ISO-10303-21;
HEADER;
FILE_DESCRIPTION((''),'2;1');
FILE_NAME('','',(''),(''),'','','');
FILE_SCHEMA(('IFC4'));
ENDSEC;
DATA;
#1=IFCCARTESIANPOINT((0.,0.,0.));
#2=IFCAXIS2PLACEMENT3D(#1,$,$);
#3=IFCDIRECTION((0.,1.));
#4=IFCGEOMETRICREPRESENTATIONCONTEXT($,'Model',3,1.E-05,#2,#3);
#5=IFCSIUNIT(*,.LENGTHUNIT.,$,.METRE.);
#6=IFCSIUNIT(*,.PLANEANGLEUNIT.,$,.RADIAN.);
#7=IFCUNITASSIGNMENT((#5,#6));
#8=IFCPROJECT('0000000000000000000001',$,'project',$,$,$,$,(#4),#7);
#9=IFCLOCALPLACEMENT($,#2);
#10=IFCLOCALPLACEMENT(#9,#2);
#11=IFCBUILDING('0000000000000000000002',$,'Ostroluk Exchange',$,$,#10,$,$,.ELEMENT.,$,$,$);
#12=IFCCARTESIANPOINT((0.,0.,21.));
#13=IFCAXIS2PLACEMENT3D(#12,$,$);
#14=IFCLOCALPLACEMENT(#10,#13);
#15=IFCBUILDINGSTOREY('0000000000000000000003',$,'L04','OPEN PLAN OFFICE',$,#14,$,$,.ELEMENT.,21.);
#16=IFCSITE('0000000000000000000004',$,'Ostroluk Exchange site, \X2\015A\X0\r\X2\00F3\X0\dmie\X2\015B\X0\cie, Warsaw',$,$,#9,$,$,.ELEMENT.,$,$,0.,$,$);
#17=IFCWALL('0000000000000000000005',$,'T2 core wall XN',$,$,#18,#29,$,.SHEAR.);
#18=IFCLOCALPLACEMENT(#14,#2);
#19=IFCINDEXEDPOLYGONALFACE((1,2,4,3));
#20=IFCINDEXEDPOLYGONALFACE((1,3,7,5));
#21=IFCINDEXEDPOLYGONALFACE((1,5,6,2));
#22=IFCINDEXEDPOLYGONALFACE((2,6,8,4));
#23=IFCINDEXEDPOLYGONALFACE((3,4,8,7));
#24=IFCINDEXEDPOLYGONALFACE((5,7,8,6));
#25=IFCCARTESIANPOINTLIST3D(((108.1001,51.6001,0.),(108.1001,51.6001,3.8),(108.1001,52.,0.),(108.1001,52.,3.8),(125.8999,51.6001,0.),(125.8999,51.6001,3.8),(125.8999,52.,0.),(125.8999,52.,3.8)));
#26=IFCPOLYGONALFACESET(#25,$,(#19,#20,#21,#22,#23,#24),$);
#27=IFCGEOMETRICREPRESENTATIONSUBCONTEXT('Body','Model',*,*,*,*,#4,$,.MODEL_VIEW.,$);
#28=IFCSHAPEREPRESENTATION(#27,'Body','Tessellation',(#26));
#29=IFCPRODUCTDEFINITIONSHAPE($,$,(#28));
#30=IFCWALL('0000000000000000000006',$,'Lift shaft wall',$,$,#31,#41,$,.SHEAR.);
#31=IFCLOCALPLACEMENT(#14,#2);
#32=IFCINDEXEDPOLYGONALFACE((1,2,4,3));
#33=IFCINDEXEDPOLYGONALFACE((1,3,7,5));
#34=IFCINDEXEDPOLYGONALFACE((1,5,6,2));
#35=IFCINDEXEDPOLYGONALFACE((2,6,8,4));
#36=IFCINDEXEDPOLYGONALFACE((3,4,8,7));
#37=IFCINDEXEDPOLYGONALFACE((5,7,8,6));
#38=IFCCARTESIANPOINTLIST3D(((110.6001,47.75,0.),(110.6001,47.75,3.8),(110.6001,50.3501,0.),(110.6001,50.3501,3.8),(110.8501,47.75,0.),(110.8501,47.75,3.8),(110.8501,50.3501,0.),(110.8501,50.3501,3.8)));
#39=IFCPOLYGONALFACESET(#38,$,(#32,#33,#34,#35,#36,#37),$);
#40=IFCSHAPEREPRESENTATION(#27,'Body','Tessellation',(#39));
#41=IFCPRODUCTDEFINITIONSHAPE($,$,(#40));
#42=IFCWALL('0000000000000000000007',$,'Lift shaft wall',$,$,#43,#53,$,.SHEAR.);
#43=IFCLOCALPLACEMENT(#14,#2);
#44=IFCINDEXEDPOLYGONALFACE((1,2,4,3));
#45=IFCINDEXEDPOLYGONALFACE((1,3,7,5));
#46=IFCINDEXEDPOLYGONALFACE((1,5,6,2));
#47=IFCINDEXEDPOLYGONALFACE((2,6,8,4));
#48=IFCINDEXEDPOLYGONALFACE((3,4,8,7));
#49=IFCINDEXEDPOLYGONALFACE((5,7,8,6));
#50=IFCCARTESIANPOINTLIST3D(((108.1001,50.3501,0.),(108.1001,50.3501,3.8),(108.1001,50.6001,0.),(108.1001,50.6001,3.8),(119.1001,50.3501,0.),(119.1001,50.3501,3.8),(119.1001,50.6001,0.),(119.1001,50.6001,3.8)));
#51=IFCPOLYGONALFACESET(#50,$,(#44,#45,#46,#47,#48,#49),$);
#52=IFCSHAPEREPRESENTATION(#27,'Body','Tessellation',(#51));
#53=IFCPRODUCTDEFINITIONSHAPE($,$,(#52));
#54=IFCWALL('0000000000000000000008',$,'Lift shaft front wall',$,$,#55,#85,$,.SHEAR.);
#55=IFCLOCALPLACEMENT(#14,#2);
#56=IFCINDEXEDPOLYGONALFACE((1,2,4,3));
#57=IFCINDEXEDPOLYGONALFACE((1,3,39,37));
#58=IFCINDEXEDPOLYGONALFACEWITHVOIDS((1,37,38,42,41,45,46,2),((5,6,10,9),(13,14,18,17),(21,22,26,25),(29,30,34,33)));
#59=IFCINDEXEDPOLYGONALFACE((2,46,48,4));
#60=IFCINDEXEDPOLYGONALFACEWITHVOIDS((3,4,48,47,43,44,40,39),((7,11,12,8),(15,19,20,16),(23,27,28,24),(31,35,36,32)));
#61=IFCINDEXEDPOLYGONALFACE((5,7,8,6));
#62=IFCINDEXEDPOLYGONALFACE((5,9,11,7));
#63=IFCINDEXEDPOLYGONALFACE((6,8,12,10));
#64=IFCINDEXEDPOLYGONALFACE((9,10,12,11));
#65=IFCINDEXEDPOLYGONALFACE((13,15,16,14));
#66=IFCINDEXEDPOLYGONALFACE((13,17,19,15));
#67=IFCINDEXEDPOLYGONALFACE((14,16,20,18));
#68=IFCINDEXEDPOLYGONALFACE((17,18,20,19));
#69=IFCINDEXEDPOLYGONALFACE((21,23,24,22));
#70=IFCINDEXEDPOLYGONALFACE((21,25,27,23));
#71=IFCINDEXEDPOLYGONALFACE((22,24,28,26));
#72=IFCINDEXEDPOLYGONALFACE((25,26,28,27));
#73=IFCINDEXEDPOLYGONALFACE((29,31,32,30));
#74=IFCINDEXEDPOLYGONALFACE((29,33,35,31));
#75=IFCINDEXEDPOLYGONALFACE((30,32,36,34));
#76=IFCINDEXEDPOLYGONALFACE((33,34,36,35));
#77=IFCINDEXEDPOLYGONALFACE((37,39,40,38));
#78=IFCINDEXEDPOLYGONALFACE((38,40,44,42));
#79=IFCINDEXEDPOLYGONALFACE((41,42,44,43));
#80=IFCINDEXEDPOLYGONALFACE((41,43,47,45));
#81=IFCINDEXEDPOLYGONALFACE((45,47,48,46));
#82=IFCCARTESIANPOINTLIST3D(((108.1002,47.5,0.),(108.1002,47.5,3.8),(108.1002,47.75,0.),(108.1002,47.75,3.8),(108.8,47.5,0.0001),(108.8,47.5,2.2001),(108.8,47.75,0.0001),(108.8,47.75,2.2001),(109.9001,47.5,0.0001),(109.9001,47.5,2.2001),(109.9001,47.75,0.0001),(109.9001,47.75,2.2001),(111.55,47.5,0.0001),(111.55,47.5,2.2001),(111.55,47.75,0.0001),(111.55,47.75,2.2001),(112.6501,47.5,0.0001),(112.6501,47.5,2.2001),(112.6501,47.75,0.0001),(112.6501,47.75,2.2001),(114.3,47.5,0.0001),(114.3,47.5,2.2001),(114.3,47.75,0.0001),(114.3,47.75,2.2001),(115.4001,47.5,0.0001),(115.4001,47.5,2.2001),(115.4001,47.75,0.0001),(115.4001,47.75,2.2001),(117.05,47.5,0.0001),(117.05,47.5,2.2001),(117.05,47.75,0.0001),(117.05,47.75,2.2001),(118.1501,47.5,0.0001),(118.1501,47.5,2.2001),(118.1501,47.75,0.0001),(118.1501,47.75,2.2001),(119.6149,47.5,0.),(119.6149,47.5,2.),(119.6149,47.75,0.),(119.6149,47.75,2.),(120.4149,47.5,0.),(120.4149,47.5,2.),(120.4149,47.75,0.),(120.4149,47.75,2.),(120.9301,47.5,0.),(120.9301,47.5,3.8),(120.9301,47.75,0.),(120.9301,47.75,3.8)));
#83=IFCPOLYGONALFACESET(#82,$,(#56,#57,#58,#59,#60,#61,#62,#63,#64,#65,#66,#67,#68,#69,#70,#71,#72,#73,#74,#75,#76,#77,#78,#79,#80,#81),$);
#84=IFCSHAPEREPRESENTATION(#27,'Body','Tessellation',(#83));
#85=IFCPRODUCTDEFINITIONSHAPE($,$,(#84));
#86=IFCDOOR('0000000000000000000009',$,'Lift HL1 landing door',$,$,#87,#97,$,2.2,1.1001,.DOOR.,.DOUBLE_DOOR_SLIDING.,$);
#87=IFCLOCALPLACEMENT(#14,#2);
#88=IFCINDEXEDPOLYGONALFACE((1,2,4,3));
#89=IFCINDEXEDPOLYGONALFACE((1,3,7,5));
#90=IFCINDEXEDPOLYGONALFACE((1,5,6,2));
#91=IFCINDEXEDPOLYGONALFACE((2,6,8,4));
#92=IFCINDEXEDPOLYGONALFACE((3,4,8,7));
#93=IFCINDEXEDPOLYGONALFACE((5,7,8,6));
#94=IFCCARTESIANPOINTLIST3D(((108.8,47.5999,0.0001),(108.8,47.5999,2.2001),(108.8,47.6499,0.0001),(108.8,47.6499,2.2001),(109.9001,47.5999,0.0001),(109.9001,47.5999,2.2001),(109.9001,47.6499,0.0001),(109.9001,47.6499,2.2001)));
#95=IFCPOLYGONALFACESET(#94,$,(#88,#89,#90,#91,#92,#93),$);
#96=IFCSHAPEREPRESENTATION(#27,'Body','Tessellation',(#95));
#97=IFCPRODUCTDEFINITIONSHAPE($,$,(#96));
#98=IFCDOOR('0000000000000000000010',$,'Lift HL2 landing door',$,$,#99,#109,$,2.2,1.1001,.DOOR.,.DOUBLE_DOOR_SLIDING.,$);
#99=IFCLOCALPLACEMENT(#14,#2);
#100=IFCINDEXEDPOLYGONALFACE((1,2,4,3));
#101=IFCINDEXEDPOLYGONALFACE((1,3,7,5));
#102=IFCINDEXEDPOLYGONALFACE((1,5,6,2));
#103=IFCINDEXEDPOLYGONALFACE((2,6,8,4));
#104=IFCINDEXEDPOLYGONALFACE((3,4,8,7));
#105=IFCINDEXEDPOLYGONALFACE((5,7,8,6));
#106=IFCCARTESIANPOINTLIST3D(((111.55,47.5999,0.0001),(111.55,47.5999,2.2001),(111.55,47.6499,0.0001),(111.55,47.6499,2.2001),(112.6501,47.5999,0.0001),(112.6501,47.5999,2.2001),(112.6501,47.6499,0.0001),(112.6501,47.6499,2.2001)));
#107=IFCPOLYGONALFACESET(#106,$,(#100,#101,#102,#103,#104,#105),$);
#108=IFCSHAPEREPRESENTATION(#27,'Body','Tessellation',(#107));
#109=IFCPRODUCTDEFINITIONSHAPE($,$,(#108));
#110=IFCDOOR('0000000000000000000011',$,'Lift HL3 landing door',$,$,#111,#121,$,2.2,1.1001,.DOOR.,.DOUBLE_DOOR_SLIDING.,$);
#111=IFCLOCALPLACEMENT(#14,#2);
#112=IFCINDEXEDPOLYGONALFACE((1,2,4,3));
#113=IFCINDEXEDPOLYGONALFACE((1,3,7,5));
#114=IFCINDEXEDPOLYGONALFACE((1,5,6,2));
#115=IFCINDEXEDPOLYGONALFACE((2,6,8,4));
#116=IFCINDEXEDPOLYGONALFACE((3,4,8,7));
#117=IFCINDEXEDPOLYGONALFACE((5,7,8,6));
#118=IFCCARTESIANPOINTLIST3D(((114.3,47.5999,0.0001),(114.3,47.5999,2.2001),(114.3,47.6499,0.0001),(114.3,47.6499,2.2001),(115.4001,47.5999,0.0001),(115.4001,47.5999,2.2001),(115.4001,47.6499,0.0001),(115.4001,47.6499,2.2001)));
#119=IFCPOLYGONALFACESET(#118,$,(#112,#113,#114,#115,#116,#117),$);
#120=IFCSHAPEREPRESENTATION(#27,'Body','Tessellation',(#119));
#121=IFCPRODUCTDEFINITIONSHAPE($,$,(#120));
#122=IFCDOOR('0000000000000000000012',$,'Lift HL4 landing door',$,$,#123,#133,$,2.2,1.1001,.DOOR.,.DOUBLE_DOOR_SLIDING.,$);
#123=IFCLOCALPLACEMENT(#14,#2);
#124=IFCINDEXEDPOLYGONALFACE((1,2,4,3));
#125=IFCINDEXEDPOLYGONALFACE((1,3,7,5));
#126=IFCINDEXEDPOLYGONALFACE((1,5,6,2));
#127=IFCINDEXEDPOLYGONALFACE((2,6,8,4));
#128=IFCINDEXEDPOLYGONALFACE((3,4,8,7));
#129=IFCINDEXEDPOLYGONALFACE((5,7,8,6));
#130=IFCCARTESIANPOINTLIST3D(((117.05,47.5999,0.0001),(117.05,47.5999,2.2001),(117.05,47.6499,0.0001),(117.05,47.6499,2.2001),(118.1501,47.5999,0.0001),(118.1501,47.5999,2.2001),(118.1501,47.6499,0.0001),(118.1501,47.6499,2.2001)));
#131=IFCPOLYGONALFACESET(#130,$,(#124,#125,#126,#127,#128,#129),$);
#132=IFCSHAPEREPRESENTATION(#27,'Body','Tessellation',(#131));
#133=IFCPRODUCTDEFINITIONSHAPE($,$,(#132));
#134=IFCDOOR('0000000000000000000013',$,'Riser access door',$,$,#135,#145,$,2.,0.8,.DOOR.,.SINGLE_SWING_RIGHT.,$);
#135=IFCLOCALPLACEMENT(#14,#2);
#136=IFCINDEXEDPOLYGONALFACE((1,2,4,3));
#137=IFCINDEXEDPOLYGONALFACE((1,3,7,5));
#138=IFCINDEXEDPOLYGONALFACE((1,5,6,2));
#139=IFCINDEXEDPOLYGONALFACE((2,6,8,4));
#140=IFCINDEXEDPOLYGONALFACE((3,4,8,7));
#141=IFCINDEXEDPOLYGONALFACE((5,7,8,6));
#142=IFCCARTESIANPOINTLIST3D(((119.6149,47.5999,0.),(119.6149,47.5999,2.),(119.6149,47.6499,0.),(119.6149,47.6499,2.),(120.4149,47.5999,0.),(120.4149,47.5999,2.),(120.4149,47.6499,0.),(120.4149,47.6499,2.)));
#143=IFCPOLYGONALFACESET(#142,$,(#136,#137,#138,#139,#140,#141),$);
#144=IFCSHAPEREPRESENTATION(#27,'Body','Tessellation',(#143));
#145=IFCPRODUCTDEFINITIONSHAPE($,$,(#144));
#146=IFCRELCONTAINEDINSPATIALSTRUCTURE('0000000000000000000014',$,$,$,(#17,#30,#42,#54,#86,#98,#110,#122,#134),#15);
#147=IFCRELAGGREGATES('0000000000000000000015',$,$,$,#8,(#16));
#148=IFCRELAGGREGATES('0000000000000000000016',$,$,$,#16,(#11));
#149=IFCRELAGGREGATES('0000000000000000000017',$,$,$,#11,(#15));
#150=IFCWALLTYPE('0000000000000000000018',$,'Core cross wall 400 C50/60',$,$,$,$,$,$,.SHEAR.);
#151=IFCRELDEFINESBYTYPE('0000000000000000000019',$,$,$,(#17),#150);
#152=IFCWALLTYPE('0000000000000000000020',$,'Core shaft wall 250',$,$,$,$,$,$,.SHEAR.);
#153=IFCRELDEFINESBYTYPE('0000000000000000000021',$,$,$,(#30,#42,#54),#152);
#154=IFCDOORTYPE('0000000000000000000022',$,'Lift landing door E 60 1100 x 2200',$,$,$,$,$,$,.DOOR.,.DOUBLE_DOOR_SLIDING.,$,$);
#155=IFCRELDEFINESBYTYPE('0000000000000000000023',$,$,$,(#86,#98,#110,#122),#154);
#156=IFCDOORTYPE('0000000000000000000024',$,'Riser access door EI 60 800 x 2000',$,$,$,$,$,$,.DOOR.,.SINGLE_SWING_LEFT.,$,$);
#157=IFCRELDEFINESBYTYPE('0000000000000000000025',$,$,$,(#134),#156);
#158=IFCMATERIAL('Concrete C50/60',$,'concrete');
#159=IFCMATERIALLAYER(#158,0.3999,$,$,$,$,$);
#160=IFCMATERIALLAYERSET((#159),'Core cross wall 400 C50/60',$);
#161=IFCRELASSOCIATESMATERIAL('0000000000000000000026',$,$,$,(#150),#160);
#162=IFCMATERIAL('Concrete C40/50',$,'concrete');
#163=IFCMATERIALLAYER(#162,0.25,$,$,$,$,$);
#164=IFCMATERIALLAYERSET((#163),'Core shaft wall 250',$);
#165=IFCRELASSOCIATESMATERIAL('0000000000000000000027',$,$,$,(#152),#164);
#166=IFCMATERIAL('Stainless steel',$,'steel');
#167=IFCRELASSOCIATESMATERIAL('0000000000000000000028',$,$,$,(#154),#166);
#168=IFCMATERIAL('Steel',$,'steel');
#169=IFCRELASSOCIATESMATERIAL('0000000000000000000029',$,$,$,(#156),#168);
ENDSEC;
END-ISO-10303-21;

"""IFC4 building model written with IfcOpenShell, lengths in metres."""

from ifc_helpers import new_model, si_unit, direction, frame, frame_2d, origin, place, context, subcontext, project, spatial, rectangle, extrude, material, layer, layer_set, type_object, element, fill, save


model = new_model("IFC4")

# Units and contexts
model_context = context("Model", 3, precision=1e-05, world=origin(), true_north=direction((0.0, 1.0)))
body_context = subcontext(model_context, "Body", "Model", "MODEL_VIEW")
ifc_project = project(units=[si_unit("LENGTHUNIT", "METRE"), si_unit("PLANEANGLEUNIT", "RADIAN")], contexts=[model_context])

# Site, building, storey
site_placement = place(None, origin())
site = spatial("IfcSite", under=ifc_project, at=site_placement, Name="Ostroluk Exchange site, Śródmieście, Warsaw", CompositionType="ELEMENT", RefElevation=0.0)
building_placement = place(site_placement, origin())
building = spatial("IfcBuilding", under=site, at=building_placement, Name="Ostroluk Exchange", CompositionType="ELEMENT")
storey_placement = place(building_placement, frame((0.0, 0.0, 21.0)))
storey = spatial("IfcBuildingStorey", under=building, at=storey_placement, Name="L04", Description="OPEN PLAN OFFICE", CompositionType="ELEMENT", Elevation=21.0)

# Walls
ifc_material_1 = material(Name="Concrete C50/60", Category="concrete")
ifc_layer_1 = layer(ifc_material_1, 0.3999)
ifc_layer_set_1 = layer_set([ifc_layer_1], Name="Core cross wall 400 C50/60")
wall_type_1 = type_object("IfcWallType", Name="Core cross wall 400 C50/60", PredefinedType="SHEAR", material=ifc_layer_set_1)
wall_1_placement = place(storey_placement, frame((108.1001, 51.8, 0.0), z_axis=(0.0, 0.0, 1.0), x_axis=(1.0, 0.0, 0.0)))
element("IfcWall", 1, at=wall_1_placement, inside=storey, type_object=wall_type_1, Name="T2 core wall XN", PredefinedType="SHEAR", context=body_context, shape_type="SweptSolid", body=[
    extrude(rectangle(XDim=17.7998, YDim=0.3999, at=frame_2d((8.8999, 0.0))), origin(), (0.0, 0.0, 1.0), 3.8),
])
ifc_material_2 = material(Name="Concrete C40/50", Category="concrete")
ifc_layer_2 = layer(ifc_material_2, 0.25)
ifc_layer_set_2 = layer_set([ifc_layer_2], Name="Core shaft wall 250")
wall_type_2 = type_object("IfcWallType", Name="Core shaft wall 250", PredefinedType="SHEAR", material=ifc_layer_set_2)
wall_2_placement = place(storey_placement, frame((110.7251, 47.75, 0.0), z_axis=(0.0, 0.0, 1.0), x_axis=(0.0, 1.0, 0.0)))
element("IfcWall", 2, at=wall_2_placement, inside=storey, type_object=wall_type_2, Name="Lift shaft wall", PredefinedType="SHEAR", context=body_context, shape_type="SweptSolid", body=[
    extrude(rectangle(XDim=2.6001, YDim=0.25, at=frame_2d((1.3, 0.0))), origin(), (0.0, 0.0, 1.0), 3.8),
])
wall_3_placement = place(storey_placement, frame((108.1001, 50.4751, 0.0), z_axis=(0.0, 0.0, 1.0), x_axis=(1.0, 0.0, 0.0)))
element("IfcWall", 3, at=wall_3_placement, inside=storey, type_object=wall_type_2, Name="Lift shaft wall", PredefinedType="SHEAR", context=body_context, shape_type="SweptSolid", body=[
    extrude(rectangle(XDim=11.0, YDim=0.25, at=frame_2d((5.5, 0.0))), origin(), (0.0, 0.0, 1.0), 3.8),
])

# Wall, openings, doors
wall_4_placement = place(storey_placement, frame((108.1001, 47.625, 0.0), z_axis=(0.0, 0.0, 1.0), x_axis=(1.0, 0.0, 0.0)))
wall_4 = element("IfcWall", 4, at=wall_4_placement, inside=storey, type_object=wall_type_2, Name="Lift shaft front wall", PredefinedType="SHEAR", context=body_context, shape_type="SweptSolid", body=[
    extrude(rectangle(XDim=12.8298, YDim=0.25, at=frame_2d((6.415, 0.0))), origin(), (0.0, 0.0, 1.0), 3.8),
])
opening_1_placement = place(wall_4_placement, frame((0.7, 0.0, 0.0)))
opening_1 = element("IfcOpeningElement", 5, at=opening_1_placement, cuts=wall_4, PredefinedType="OPENING", context=body_context, shape_type="SweptSolid", body=[
    extrude(rectangle(XDim=1.1001, YDim=2.2, at=frame_2d((0.55, 1.1001))), frame((0.0, 0.135, 0.0), z_axis=(0.0, -1.0, 0.0), x_axis=(1.0, 0.0, 0.0)), (0.0, 0.0, 1.0), 0.27),
])
opening_2_placement = place(wall_4_placement, frame((3.45, 0.0, 0.0)))
opening_2 = element("IfcOpeningElement", 6, at=opening_2_placement, cuts=wall_4, PredefinedType="OPENING", context=body_context, shape_type="SweptSolid", body=[
    extrude(rectangle(XDim=1.1001, YDim=2.2, at=frame_2d((0.55, 1.1001))), frame((0.0, 0.135, 0.0), z_axis=(0.0, -1.0, 0.0), x_axis=(1.0, 0.0, 0.0)), (0.0, 0.0, 1.0), 0.27),
])
opening_3_placement = place(wall_4_placement, frame((6.2, 0.0, 0.0)))
opening_3 = element("IfcOpeningElement", 7, at=opening_3_placement, cuts=wall_4, PredefinedType="OPENING", context=body_context, shape_type="SweptSolid", body=[
    extrude(rectangle(XDim=1.1001, YDim=2.2, at=frame_2d((0.55, 1.1001))), frame((0.0, 0.135, 0.0), z_axis=(0.0, -1.0, 0.0), x_axis=(1.0, 0.0, 0.0)), (0.0, 0.0, 1.0), 0.27),
])
opening_4_placement = place(wall_4_placement, frame((8.95, 0.0, 0.0)))
opening_4 = element("IfcOpeningElement", 8, at=opening_4_placement, cuts=wall_4, PredefinedType="OPENING", context=body_context, shape_type="SweptSolid", body=[
    extrude(rectangle(XDim=1.1001, YDim=2.2, at=frame_2d((0.55, 1.1001))), frame((0.0, 0.135, 0.0), z_axis=(0.0, -1.0, 0.0), x_axis=(1.0, 0.0, 0.0)), (0.0, 0.0, 1.0), 0.27),
])
opening_5_placement = place(wall_4_placement, frame((11.5149, 0.0, 0.0)))
opening_5 = element("IfcOpeningElement", 9, at=opening_5_placement, cuts=wall_4, PredefinedType="OPENING", context=body_context, shape_type="SweptSolid", body=[
    extrude(rectangle(XDim=0.8, YDim=2.0, at=frame_2d((0.3999, 1.0))), frame((0.0, 0.135, 0.0), z_axis=(0.0, -1.0, 0.0), x_axis=(1.0, 0.0, 0.0)), (0.0, 0.0, 1.0), 0.27),
])
ifc_material_3 = material(Name="Stainless steel", Category="steel")
door_type_1 = type_object("IfcDoorType", Name="Lift landing door E 60 1100 x 2200", OperationType="DOUBLE_DOOR_SLIDING", PredefinedType="DOOR", material=ifc_material_3)
door_1_placement = place(opening_1_placement, origin())
door_1 = element("IfcDoor", 10, at=door_1_placement, inside=storey, type_object=door_type_1, Name="Lift HL1 landing door", OperationType="DOUBLE_DOOR_SLIDING", OverallHeight=2.2, OverallWidth=1.1001, PredefinedType="DOOR", context=body_context, shape_type="SweptSolid", body=[
    extrude(rectangle(XDim=1.1001, YDim=2.2, at=frame_2d((0.55, 1.1001))), frame((0.0, 0.0249, 0.0), z_axis=(0.0, -1.0, 0.0), x_axis=(1.0, 0.0, 0.0)), (0.0, 0.0, 1.0), 0.05),
])
fill(opening_1, door_1)
door_2_placement = place(opening_2_placement, origin())
door_2 = element("IfcDoor", 11, at=door_2_placement, inside=storey, type_object=door_type_1, Name="Lift HL2 landing door", OperationType="DOUBLE_DOOR_SLIDING", OverallHeight=2.2, OverallWidth=1.1001, PredefinedType="DOOR", context=body_context, shape_type="SweptSolid", body=[
    extrude(rectangle(XDim=1.1001, YDim=2.2, at=frame_2d((0.55, 1.1001))), frame((0.0, 0.0249, 0.0), z_axis=(0.0, -1.0, 0.0), x_axis=(1.0, 0.0, 0.0)), (0.0, 0.0, 1.0), 0.05),
])
fill(opening_2, door_2)
door_3_placement = place(opening_3_placement, origin())
door_3 = element("IfcDoor", 12, at=door_3_placement, inside=storey, type_object=door_type_1, Name="Lift HL3 landing door", OperationType="DOUBLE_DOOR_SLIDING", OverallHeight=2.2, OverallWidth=1.1001, PredefinedType="DOOR", context=body_context, shape_type="SweptSolid", body=[
    extrude(rectangle(XDim=1.1001, YDim=2.2, at=frame_2d((0.55, 1.1001))), frame((0.0, 0.0249, 0.0), z_axis=(0.0, -1.0, 0.0), x_axis=(1.0, 0.0, 0.0)), (0.0, 0.0, 1.0), 0.05),
])
fill(opening_3, door_3)
door_4_placement = place(opening_4_placement, origin())
door_4 = element("IfcDoor", 13, at=door_4_placement, inside=storey, type_object=door_type_1, Name="Lift HL4 landing door", OperationType="DOUBLE_DOOR_SLIDING", OverallHeight=2.2, OverallWidth=1.1001, PredefinedType="DOOR", context=body_context, shape_type="SweptSolid", body=[
    extrude(rectangle(XDim=1.1001, YDim=2.2, at=frame_2d((0.55, 1.1001))), frame((0.0, 0.0249, 0.0), z_axis=(0.0, -1.0, 0.0), x_axis=(1.0, 0.0, 0.0)), (0.0, 0.0, 1.0), 0.05),
])
fill(opening_4, door_4)
ifc_material_4 = material(Name="Steel", Category="steel")
door_type_2 = type_object("IfcDoorType", Name="Riser access door EI 60 800 x 2000", OperationType="SINGLE_SWING_LEFT", PredefinedType="DOOR", material=ifc_material_4)
door_5_placement = place(opening_5_placement, origin())
door_5 = element("IfcDoor", 14, at=door_5_placement, inside=storey, type_object=door_type_2, Name="Riser access door", OperationType="SINGLE_SWING_RIGHT", OverallHeight=2.0, OverallWidth=0.8, PredefinedType="DOOR", context=body_context, shape_type="SweptSolid", body=[
    extrude(rectangle(XDim=0.8, YDim=2.0, at=frame_2d((0.3999, 1.0))), frame((0.0, 0.0249, 0.0), z_axis=(0.0, -1.0, 0.0), x_axis=(1.0, 0.0, 0.0)), (0.0, 0.0, 1.0), 0.05),
])
fill(opening_5, door_5)

save(model, "model.ifc")
